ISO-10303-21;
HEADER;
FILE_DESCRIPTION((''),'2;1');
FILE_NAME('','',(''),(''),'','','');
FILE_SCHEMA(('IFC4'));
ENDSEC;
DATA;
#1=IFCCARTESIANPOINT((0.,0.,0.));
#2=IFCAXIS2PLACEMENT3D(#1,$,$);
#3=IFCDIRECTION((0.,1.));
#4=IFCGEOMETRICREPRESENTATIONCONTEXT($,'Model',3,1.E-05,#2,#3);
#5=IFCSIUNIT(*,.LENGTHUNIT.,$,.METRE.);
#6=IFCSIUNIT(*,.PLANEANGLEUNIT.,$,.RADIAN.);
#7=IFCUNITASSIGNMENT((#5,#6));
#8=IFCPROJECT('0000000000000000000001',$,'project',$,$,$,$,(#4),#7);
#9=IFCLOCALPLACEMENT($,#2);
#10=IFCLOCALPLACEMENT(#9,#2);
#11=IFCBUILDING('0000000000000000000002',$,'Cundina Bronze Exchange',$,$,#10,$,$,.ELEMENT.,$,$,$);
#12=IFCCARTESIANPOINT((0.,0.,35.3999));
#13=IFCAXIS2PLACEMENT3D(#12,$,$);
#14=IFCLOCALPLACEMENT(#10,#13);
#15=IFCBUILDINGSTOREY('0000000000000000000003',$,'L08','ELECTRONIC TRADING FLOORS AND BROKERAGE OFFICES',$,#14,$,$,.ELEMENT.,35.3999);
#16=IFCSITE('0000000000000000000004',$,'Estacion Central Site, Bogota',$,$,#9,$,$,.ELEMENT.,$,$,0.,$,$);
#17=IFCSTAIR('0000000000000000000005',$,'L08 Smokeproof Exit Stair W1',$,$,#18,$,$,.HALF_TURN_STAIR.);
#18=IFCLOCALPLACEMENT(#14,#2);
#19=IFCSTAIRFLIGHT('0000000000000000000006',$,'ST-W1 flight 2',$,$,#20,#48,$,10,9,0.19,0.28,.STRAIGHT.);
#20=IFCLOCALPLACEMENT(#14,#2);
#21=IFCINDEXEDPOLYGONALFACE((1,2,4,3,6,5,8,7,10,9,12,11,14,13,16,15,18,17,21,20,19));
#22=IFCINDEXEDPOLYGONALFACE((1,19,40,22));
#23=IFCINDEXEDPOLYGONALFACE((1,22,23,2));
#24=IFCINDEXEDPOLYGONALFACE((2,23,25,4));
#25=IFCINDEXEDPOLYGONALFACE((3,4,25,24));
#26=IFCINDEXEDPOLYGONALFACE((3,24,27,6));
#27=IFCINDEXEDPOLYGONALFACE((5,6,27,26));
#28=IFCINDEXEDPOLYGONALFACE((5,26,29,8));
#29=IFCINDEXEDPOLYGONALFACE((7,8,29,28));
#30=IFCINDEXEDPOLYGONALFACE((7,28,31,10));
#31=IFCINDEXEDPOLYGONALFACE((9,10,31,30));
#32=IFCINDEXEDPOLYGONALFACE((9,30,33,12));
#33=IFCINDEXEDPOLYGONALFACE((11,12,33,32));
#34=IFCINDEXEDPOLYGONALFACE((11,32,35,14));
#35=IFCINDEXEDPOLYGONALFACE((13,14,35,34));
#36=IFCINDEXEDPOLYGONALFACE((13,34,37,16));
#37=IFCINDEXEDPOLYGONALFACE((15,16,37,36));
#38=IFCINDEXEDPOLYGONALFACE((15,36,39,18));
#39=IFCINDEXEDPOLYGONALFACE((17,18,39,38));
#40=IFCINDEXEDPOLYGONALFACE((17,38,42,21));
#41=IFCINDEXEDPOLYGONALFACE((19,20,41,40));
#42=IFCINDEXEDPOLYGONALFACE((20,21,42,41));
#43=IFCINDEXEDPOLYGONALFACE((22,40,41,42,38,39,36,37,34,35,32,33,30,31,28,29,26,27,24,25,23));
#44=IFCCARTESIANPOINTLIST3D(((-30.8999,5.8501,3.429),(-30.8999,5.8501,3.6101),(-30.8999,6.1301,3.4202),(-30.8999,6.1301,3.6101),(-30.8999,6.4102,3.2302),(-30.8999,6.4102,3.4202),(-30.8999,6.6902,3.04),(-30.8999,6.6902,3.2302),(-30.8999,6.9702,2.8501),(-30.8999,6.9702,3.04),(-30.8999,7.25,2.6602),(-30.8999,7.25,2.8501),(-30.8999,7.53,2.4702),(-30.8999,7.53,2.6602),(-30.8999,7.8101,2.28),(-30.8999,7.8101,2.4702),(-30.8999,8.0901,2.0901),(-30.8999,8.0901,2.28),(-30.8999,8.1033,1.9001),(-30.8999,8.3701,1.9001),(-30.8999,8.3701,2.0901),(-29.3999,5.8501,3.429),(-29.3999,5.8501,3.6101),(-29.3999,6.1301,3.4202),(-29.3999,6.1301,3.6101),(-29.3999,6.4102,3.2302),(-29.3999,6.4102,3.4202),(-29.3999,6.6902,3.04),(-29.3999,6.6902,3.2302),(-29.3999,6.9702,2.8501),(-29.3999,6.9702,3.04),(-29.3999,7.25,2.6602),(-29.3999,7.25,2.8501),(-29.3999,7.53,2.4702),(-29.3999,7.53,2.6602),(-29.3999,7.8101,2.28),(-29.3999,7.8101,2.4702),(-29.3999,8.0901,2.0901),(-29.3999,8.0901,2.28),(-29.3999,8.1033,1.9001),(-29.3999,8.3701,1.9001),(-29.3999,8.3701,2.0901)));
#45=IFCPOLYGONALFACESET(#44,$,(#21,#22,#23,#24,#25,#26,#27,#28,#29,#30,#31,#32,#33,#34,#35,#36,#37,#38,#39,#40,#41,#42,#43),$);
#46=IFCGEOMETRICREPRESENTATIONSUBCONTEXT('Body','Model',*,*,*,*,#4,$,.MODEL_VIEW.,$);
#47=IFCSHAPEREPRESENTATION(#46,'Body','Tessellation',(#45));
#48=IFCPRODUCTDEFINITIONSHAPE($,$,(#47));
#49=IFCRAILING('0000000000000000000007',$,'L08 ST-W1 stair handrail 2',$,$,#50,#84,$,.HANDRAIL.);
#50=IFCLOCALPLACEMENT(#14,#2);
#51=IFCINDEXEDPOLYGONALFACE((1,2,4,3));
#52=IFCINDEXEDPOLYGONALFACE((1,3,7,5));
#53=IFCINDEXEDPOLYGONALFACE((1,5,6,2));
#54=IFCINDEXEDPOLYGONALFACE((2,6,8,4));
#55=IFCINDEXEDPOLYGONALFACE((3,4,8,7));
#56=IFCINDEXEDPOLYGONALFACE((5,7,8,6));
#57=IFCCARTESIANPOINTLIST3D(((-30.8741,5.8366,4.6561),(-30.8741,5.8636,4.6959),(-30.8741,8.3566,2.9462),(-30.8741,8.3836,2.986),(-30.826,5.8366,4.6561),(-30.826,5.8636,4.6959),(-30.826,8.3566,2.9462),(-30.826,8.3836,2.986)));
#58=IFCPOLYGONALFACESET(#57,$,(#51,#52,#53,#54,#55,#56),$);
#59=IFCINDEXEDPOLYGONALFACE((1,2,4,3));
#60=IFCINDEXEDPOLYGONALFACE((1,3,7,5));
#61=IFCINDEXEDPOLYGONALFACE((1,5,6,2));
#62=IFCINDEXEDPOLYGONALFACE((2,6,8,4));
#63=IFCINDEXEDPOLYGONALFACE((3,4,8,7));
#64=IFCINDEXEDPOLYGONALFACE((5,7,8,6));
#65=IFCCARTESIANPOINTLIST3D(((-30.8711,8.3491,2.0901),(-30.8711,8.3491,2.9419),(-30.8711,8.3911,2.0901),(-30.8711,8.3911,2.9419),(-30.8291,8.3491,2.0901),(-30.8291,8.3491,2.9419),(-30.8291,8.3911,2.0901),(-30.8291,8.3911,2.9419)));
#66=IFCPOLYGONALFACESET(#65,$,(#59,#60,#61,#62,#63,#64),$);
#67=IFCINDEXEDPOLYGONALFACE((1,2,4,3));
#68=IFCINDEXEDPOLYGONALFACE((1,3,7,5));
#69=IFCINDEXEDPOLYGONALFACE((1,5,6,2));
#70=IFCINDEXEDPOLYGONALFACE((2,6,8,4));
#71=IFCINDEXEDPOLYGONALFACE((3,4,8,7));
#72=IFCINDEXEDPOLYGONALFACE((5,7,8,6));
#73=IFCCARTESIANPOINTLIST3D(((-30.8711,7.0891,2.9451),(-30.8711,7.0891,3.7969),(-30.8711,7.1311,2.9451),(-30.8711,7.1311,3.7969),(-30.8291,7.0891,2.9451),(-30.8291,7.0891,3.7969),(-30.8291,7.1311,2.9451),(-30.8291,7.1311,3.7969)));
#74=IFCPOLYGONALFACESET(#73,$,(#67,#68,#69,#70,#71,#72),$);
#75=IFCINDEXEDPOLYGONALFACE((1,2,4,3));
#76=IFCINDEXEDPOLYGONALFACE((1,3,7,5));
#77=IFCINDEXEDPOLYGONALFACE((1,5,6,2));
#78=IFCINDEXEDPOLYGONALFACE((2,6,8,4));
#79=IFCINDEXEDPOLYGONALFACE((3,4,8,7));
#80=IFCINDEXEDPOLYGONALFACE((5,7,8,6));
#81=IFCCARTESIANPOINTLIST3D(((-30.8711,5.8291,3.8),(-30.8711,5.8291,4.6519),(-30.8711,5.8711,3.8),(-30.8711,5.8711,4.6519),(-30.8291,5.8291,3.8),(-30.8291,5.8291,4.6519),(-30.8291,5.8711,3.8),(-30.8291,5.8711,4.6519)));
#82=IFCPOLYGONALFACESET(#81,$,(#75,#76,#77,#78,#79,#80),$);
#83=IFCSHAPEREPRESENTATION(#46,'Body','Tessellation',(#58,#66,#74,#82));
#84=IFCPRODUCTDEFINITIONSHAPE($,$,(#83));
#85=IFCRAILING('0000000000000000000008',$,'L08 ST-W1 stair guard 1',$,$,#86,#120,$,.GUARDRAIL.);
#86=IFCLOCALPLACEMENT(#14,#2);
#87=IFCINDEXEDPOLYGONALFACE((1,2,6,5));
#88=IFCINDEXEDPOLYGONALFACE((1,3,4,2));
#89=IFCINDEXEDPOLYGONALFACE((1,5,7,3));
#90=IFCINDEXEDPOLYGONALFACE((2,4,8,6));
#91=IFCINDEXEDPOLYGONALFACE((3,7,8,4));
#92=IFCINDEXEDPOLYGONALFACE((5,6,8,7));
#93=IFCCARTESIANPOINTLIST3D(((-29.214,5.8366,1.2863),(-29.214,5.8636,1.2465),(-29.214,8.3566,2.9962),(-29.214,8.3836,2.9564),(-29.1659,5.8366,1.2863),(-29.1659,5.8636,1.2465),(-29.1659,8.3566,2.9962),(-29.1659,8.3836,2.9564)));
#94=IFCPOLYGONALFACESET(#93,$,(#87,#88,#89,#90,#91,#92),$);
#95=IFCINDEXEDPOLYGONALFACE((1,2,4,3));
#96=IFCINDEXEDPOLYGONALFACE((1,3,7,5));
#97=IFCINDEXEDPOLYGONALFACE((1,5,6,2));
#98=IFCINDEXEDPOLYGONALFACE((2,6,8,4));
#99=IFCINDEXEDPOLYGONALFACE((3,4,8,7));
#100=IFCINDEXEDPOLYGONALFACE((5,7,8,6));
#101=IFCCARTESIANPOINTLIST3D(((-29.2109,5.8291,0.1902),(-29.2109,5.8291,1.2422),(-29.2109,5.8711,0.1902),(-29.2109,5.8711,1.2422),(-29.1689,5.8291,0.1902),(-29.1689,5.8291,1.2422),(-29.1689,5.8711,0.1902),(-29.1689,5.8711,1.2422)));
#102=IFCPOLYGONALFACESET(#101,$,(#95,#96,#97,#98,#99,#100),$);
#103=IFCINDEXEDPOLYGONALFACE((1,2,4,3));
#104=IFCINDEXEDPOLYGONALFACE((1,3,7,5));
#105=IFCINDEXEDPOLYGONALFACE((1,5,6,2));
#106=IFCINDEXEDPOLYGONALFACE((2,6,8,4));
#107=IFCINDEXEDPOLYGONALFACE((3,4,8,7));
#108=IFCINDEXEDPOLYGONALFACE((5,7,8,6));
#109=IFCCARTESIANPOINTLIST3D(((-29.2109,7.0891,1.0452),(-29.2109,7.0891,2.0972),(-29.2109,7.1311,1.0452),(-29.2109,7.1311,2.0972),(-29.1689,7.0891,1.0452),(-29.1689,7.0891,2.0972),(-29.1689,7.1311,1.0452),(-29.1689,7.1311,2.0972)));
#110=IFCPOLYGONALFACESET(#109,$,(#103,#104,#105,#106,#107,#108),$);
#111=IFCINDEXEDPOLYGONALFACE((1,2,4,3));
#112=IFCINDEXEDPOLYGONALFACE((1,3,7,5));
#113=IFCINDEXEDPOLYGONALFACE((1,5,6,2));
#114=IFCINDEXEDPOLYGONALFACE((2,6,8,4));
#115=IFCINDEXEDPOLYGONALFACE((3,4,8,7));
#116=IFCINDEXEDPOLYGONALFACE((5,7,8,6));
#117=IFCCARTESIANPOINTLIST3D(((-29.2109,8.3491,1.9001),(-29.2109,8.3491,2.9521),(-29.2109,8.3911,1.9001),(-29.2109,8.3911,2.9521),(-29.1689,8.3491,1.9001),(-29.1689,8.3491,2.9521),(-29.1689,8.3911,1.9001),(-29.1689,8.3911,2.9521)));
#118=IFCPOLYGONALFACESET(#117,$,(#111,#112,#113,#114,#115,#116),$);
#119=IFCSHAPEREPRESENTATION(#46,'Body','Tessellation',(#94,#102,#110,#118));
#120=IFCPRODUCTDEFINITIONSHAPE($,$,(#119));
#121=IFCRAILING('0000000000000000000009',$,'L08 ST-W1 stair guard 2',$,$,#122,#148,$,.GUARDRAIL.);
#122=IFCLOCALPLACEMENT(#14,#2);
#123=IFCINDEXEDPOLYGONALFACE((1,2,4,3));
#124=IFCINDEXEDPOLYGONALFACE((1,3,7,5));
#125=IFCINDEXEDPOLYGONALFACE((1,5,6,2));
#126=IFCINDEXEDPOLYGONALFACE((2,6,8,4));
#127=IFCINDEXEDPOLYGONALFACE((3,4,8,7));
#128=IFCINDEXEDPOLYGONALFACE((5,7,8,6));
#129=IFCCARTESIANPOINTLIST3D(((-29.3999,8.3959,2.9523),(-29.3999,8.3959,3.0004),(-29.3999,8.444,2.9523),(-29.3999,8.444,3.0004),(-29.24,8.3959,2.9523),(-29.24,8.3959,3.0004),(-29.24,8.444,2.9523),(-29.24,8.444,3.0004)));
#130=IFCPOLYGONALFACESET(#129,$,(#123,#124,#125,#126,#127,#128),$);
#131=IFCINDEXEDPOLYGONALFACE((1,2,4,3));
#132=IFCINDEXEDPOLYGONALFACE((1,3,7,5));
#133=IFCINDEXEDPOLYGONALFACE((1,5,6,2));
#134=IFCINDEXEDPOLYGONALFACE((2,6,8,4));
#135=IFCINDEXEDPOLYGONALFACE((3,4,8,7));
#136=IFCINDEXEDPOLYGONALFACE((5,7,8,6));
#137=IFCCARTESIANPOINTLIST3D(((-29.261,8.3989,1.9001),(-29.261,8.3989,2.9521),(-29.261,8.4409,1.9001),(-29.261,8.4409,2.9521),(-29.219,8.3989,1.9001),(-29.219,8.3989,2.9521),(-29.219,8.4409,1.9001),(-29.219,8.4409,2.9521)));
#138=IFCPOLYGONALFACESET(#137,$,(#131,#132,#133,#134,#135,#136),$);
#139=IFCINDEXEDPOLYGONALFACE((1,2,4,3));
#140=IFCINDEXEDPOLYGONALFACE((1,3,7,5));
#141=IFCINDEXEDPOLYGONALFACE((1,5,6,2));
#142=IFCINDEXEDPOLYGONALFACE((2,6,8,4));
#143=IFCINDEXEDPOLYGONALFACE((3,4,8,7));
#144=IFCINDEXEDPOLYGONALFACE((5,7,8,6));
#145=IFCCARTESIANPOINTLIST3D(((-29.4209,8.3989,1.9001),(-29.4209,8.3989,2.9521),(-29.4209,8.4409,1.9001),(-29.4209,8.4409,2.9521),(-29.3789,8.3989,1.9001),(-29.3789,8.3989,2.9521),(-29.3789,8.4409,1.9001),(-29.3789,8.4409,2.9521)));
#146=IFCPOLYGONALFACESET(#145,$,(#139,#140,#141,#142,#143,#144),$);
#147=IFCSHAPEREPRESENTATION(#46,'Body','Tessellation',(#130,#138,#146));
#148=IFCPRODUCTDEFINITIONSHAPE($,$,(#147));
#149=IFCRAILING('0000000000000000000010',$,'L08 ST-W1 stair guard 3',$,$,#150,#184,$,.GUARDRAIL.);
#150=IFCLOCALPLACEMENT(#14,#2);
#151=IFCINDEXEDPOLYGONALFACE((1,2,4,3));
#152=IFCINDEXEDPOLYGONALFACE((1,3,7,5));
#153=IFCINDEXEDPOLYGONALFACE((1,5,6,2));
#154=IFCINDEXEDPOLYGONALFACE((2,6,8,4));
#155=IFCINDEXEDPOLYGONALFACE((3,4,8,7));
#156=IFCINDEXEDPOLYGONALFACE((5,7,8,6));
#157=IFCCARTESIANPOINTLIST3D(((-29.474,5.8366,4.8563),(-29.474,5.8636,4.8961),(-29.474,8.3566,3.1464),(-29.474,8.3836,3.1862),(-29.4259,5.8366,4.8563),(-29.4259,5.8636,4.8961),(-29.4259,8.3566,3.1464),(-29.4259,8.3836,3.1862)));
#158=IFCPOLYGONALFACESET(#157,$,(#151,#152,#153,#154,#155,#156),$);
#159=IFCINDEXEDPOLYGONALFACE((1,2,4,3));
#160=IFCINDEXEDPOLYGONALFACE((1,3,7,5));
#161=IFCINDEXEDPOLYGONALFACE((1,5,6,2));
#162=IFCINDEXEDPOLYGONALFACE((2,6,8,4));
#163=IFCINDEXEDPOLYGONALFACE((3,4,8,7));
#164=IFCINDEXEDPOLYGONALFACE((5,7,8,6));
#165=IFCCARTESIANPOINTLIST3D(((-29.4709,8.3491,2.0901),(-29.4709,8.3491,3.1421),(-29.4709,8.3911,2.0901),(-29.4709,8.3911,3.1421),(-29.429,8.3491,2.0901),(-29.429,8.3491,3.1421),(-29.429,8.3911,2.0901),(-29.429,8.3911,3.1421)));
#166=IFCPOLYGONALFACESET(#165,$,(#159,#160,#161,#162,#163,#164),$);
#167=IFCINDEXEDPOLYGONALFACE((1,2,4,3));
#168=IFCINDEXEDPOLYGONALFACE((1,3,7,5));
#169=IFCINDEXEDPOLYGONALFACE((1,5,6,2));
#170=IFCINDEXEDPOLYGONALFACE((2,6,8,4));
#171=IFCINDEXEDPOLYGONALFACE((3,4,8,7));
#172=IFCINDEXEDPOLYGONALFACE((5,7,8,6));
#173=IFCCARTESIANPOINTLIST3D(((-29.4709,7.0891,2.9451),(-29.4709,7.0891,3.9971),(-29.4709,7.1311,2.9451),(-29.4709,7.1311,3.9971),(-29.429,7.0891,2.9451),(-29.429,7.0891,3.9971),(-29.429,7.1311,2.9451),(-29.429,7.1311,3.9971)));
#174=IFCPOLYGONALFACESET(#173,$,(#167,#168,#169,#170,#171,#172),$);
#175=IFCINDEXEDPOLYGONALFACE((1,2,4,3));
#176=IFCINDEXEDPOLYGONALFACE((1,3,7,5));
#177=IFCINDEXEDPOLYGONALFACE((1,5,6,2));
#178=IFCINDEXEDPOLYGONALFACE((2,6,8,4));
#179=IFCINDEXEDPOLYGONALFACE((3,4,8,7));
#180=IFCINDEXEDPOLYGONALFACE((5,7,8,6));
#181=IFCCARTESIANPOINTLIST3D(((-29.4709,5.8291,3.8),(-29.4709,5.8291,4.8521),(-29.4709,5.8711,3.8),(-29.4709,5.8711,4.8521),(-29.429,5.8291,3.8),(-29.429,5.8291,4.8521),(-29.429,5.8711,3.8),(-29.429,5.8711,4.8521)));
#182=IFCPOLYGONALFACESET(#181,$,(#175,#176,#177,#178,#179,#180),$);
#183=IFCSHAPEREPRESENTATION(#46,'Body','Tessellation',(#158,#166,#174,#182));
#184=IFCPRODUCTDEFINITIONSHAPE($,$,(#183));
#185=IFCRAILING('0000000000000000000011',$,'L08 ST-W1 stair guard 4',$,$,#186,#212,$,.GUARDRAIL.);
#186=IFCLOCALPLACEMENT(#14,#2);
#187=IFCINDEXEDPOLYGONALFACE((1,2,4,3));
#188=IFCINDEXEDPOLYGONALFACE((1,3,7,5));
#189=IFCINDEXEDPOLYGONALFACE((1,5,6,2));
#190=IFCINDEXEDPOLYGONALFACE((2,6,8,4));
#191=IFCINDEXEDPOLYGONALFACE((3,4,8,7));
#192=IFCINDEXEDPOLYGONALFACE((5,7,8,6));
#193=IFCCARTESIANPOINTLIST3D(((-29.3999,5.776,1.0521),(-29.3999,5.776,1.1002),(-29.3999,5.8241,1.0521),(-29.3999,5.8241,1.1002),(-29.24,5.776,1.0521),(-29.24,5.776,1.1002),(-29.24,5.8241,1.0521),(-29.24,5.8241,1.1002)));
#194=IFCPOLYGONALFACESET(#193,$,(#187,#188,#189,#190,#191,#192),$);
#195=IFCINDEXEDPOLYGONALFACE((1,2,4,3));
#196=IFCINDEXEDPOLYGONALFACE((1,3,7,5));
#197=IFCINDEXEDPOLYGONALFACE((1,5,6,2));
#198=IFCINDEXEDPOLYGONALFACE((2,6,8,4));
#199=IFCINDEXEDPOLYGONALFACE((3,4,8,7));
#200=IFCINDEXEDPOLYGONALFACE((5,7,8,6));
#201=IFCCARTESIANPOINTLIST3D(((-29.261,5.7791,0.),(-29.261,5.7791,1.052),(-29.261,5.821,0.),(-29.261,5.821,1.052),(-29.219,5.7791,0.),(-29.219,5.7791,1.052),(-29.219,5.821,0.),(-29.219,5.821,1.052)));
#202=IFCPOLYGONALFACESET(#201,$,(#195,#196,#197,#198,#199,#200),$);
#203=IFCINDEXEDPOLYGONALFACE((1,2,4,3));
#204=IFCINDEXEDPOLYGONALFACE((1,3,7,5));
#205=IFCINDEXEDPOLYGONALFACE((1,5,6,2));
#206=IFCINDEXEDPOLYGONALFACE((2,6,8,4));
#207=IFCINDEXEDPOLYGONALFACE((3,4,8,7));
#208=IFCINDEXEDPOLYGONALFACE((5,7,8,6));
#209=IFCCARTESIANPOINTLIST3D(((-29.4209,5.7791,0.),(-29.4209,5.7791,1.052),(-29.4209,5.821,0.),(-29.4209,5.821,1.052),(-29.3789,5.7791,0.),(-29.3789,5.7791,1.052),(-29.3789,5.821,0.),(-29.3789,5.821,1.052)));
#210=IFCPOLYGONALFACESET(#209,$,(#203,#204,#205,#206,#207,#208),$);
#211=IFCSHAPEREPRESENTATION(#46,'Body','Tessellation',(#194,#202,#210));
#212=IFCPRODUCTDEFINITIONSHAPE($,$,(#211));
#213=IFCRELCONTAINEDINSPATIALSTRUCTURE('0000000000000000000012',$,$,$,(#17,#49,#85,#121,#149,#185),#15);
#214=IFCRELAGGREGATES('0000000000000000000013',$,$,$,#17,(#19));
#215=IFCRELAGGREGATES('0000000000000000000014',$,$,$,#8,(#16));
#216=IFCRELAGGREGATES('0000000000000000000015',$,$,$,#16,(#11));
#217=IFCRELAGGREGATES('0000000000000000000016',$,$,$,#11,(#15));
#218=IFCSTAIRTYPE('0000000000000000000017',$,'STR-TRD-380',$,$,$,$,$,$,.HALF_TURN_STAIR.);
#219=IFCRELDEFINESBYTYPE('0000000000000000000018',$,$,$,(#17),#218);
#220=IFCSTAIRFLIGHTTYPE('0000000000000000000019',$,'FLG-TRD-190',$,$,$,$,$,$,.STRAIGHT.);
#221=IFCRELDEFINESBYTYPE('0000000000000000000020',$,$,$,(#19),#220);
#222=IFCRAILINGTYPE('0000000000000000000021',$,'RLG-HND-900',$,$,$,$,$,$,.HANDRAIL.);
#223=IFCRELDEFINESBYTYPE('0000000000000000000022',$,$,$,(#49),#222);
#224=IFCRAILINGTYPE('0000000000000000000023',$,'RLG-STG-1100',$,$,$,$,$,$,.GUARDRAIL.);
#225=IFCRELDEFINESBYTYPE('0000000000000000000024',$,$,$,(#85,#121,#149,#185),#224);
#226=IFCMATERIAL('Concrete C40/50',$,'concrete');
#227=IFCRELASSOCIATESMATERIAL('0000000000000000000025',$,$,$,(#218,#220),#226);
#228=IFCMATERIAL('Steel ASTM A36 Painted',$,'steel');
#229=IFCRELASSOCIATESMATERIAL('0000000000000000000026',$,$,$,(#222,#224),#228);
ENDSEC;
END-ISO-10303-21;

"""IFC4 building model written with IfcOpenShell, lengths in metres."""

from ifc_helpers import new_model, si_unit, direction, frame, origin, origin_2d, place, context, subcontext, project, spatial, polyline, rectangle, outline, extrude, material, type_object, element, aggregate, save


model = new_model("IFC4")

# Units and contexts
model_context = context("Model", 3, precision=1e-05, world=origin(), true_north=direction((0.0, 1.0)))
body_context = subcontext(model_context, "Body", "Model", "MODEL_VIEW")
ifc_project = project(units=[si_unit("LENGTHUNIT", "METRE"), si_unit("PLANEANGLEUNIT", "RADIAN")], contexts=[model_context])

# Site, building, storey
site_placement = place(None, origin())
site = spatial("IfcSite", under=ifc_project, at=site_placement, Name="Estacion Central Site, Bogota", CompositionType="ELEMENT", RefElevation=0.0)
building_placement = place(site_placement, origin())
building = spatial("IfcBuilding", under=site, at=building_placement, Name="Cundina Bronze Exchange", CompositionType="ELEMENT")
storey_placement = place(building_placement, frame((0.0, 0.0, 35.3999)))
storey = spatial("IfcBuildingStorey", under=building, at=storey_placement, Name="L08", Description="ELECTRONIC TRADING FLOORS AND BROKERAGE OFFICES", CompositionType="ELEMENT", Elevation=35.3999)

# Shared definitions
ifc_material_1 = material(Name="Steel ASTM A36 Painted", Category="steel")

# Stair, stair flight
ifc_material_2 = material(Name="Concrete C40/50", Category="concrete")
stair_type = type_object("IfcStairType", Name="STR-TRD-380", PredefinedType="HALF_TURN_STAIR", material=ifc_material_2)
stair_placement = place(storey_placement, origin())
stair = element("IfcStair", 1, at=stair_placement, inside=storey, type_object=stair_type, Name="L08 Smokeproof Exit Stair W1", PredefinedType="HALF_TURN_STAIR")
stair_flight_type = type_object("IfcStairFlightType", Name="FLG-TRD-190", PredefinedType="STRAIGHT", material=ifc_material_2)
stair_flight_1_placement = place(storey_placement, frame((-30.1499, 8.3701, 1.9001), z_axis=(0.0, 0.0, 1.0), x_axis=(0.0, -1.0, 0.0)))
stair_flight_1 = element("IfcStairFlight", 2, at=stair_flight_1_placement, type_object=stair_flight_type, Name="ST-W1 flight 2", NumberOfRisers=10, NumberOfTreads=9, PredefinedType="STRAIGHT", RiserHeight=0.19, TreadLength=0.28, context=body_context, shape_type="SweptSolid", body=[
    extrude(outline(polyline([(0.0, 0.0), (0.0, 0.1899), (0.28, 0.1899), (0.28, 0.3799), (0.5601, 0.3799), (0.5601, 0.5701), (0.8401, 0.5701), (0.8401, 0.76), (1.1201, 0.76), (1.1201, 0.95), (1.3999, 0.95), (1.3999, 1.1399), (1.6799, 1.1399), (1.6799, 1.3301), (1.96, 1.3301), (1.96, 1.52), (2.24, 1.52), (2.24, 1.71), (2.52, 1.71), (2.52, 1.8999), (2.52, 1.5288), (0.2668, 0.0), (0.0, 0.0)])), frame((0.0, 0.75, 0.0), z_axis=(0.0, -1.0, 0.0), x_axis=(1.0, 0.0, 0.0)), (0.0, 0.0, 1.0), 1.5),
])
aggregate(stair, [stair_flight_1])

# Railings
railing_type_1 = type_object("IfcRailingType", Name="RLG-HND-900", PredefinedType="HANDRAIL", material=ifc_material_1)
railing_1_placement = place(storey_placement, frame((-30.8501, 8.3701, 2.0901)))
element("IfcRailing", 3, at=railing_1_placement, inside=storey, type_object=railing_type_1, Name="L08 ST-W1 stair handrail 2", PredefinedType="HANDRAIL", context=body_context, shape_type="SweptSolid", body=[
    extrude(rectangle(XDim=0.0481, YDim=0.0481, at=origin_2d()), frame((0.0, 0.0, 0.876), z_axis=(0.0, -0.827484, 0.56149), x_axis=(1.0, 0.0, 0.0)), (0.0, 0.0, 1.0), 3.0454),
    extrude(rectangle(XDim=0.042, YDim=0.042, at=origin_2d()), origin(), (0.0, 0.0, 1.0), 0.8518),
    extrude(rectangle(XDim=0.042, YDim=0.042, at=origin_2d()), frame((0.0, -1.26, 0.855)), (0.0, 0.0, 1.0), 0.8518),
    extrude(rectangle(XDim=0.042, YDim=0.042, at=origin_2d()), frame((0.0, -2.52, 1.71)), (0.0, 0.0, 1.0), 0.8518),
])
railing_type_2 = type_object("IfcRailingType", Name="RLG-STG-1100", PredefinedType="GUARDRAIL", material=ifc_material_1)
railing_2_placement = place(storey_placement, frame((-29.1899, 5.8501, 0.1902)))
element("IfcRailing", 4, at=railing_2_placement, inside=storey, type_object=railing_type_2, Name="L08 ST-W1 stair guard 1", PredefinedType="GUARDRAIL", context=body_context, shape_type="SweptSolid", body=[
    extrude(rectangle(XDim=0.0481, YDim=0.0481, at=origin_2d()), frame((0.0, 0.0, 1.0762), z_axis=(0.0, 0.827484, 0.56149), x_axis=(-1.0, 0.0, 0.0)), (0.0, 0.0, 1.0), 3.0454),
    extrude(rectangle(XDim=0.042, YDim=0.042, at=origin_2d()), origin(), (0.0, 0.0, 1.0), 1.052),
    extrude(rectangle(XDim=0.042, YDim=0.042, at=origin_2d()), frame((0.0, 1.26, 0.855)), (0.0, 0.0, 1.0), 1.052),
    extrude(rectangle(XDim=0.042, YDim=0.042, at=origin_2d()), frame((0.0, 2.52, 1.71)), (0.0, 0.0, 1.0), 1.052),
])
railing_3_placement = place(storey_placement, frame((-29.24, 8.4199, 1.9001)))
element("IfcRailing", 5, at=railing_3_placement, inside=storey, type_object=railing_type_2, Name="L08 ST-W1 stair guard 2", PredefinedType="GUARDRAIL", context=body_context, shape_type="SweptSolid", body=[
    extrude(rectangle(XDim=0.0481, YDim=0.0481, at=origin_2d()), frame((0.0, 0.0, 1.0762), z_axis=(-1.0, 0.0, 0.0), x_axis=(0.0, -1.0, 0.0)), (0.0, 0.0, 1.0), 0.1599),
    extrude(rectangle(XDim=0.042, YDim=0.042, at=origin_2d()), origin(), (0.0, 0.0, 1.0), 1.052),
    extrude(rectangle(XDim=0.042, YDim=0.042, at=origin_2d()), frame((-0.1599, 0.0, 0.0)), (0.0, 0.0, 1.0), 1.052),
])
railing_4_placement = place(storey_placement, frame((-29.45, 8.3701, 2.0901)))
element("IfcRailing", 6, at=railing_4_placement, inside=storey, type_object=railing_type_2, Name="L08 ST-W1 stair guard 3", PredefinedType="GUARDRAIL", context=body_context, shape_type="SweptSolid", body=[
    extrude(rectangle(XDim=0.0481, YDim=0.0481, at=origin_2d()), frame((0.0, 0.0, 1.0762), z_axis=(0.0, -0.827484, 0.56149), x_axis=(1.0, 0.0, 0.0)), (0.0, 0.0, 1.0), 3.0454),
    extrude(rectangle(XDim=0.042, YDim=0.042, at=origin_2d()), origin(), (0.0, 0.0, 1.0), 1.052),
    extrude(rectangle(XDim=0.042, YDim=0.042, at=origin_2d()), frame((0.0, -1.26, 0.855)), (0.0, 0.0, 1.0), 1.052),
    extrude(rectangle(XDim=0.042, YDim=0.042, at=origin_2d()), frame((0.0, -2.52, 1.71)), (0.0, 0.0, 1.0), 1.052),
])
railing_5_placement = place(storey_placement, frame((-29.24, 5.8, 0.0)))
element("IfcRailing", 7, at=railing_5_placement, inside=storey, type_object=railing_type_2, Name="L08 ST-W1 stair guard 4", PredefinedType="GUARDRAIL", context=body_context, shape_type="SweptSolid", body=[
    extrude(rectangle(XDim=0.0481, YDim=0.0481, at=origin_2d()), frame((0.0, 0.0, 1.0762), z_axis=(-1.0, 0.0, 0.0), x_axis=(0.0, -1.0, 0.0)), (0.0, 0.0, 1.0), 0.1599),
    extrude(rectangle(XDim=0.042, YDim=0.042, at=origin_2d()), origin(), (0.0, 0.0, 1.0), 1.052),
    extrude(rectangle(XDim=0.042, YDim=0.042, at=origin_2d()), frame((-0.1599, 0.0, 0.0)), (0.0, 0.0, 1.0), 1.052),
])

save(model, "model.ifc")
